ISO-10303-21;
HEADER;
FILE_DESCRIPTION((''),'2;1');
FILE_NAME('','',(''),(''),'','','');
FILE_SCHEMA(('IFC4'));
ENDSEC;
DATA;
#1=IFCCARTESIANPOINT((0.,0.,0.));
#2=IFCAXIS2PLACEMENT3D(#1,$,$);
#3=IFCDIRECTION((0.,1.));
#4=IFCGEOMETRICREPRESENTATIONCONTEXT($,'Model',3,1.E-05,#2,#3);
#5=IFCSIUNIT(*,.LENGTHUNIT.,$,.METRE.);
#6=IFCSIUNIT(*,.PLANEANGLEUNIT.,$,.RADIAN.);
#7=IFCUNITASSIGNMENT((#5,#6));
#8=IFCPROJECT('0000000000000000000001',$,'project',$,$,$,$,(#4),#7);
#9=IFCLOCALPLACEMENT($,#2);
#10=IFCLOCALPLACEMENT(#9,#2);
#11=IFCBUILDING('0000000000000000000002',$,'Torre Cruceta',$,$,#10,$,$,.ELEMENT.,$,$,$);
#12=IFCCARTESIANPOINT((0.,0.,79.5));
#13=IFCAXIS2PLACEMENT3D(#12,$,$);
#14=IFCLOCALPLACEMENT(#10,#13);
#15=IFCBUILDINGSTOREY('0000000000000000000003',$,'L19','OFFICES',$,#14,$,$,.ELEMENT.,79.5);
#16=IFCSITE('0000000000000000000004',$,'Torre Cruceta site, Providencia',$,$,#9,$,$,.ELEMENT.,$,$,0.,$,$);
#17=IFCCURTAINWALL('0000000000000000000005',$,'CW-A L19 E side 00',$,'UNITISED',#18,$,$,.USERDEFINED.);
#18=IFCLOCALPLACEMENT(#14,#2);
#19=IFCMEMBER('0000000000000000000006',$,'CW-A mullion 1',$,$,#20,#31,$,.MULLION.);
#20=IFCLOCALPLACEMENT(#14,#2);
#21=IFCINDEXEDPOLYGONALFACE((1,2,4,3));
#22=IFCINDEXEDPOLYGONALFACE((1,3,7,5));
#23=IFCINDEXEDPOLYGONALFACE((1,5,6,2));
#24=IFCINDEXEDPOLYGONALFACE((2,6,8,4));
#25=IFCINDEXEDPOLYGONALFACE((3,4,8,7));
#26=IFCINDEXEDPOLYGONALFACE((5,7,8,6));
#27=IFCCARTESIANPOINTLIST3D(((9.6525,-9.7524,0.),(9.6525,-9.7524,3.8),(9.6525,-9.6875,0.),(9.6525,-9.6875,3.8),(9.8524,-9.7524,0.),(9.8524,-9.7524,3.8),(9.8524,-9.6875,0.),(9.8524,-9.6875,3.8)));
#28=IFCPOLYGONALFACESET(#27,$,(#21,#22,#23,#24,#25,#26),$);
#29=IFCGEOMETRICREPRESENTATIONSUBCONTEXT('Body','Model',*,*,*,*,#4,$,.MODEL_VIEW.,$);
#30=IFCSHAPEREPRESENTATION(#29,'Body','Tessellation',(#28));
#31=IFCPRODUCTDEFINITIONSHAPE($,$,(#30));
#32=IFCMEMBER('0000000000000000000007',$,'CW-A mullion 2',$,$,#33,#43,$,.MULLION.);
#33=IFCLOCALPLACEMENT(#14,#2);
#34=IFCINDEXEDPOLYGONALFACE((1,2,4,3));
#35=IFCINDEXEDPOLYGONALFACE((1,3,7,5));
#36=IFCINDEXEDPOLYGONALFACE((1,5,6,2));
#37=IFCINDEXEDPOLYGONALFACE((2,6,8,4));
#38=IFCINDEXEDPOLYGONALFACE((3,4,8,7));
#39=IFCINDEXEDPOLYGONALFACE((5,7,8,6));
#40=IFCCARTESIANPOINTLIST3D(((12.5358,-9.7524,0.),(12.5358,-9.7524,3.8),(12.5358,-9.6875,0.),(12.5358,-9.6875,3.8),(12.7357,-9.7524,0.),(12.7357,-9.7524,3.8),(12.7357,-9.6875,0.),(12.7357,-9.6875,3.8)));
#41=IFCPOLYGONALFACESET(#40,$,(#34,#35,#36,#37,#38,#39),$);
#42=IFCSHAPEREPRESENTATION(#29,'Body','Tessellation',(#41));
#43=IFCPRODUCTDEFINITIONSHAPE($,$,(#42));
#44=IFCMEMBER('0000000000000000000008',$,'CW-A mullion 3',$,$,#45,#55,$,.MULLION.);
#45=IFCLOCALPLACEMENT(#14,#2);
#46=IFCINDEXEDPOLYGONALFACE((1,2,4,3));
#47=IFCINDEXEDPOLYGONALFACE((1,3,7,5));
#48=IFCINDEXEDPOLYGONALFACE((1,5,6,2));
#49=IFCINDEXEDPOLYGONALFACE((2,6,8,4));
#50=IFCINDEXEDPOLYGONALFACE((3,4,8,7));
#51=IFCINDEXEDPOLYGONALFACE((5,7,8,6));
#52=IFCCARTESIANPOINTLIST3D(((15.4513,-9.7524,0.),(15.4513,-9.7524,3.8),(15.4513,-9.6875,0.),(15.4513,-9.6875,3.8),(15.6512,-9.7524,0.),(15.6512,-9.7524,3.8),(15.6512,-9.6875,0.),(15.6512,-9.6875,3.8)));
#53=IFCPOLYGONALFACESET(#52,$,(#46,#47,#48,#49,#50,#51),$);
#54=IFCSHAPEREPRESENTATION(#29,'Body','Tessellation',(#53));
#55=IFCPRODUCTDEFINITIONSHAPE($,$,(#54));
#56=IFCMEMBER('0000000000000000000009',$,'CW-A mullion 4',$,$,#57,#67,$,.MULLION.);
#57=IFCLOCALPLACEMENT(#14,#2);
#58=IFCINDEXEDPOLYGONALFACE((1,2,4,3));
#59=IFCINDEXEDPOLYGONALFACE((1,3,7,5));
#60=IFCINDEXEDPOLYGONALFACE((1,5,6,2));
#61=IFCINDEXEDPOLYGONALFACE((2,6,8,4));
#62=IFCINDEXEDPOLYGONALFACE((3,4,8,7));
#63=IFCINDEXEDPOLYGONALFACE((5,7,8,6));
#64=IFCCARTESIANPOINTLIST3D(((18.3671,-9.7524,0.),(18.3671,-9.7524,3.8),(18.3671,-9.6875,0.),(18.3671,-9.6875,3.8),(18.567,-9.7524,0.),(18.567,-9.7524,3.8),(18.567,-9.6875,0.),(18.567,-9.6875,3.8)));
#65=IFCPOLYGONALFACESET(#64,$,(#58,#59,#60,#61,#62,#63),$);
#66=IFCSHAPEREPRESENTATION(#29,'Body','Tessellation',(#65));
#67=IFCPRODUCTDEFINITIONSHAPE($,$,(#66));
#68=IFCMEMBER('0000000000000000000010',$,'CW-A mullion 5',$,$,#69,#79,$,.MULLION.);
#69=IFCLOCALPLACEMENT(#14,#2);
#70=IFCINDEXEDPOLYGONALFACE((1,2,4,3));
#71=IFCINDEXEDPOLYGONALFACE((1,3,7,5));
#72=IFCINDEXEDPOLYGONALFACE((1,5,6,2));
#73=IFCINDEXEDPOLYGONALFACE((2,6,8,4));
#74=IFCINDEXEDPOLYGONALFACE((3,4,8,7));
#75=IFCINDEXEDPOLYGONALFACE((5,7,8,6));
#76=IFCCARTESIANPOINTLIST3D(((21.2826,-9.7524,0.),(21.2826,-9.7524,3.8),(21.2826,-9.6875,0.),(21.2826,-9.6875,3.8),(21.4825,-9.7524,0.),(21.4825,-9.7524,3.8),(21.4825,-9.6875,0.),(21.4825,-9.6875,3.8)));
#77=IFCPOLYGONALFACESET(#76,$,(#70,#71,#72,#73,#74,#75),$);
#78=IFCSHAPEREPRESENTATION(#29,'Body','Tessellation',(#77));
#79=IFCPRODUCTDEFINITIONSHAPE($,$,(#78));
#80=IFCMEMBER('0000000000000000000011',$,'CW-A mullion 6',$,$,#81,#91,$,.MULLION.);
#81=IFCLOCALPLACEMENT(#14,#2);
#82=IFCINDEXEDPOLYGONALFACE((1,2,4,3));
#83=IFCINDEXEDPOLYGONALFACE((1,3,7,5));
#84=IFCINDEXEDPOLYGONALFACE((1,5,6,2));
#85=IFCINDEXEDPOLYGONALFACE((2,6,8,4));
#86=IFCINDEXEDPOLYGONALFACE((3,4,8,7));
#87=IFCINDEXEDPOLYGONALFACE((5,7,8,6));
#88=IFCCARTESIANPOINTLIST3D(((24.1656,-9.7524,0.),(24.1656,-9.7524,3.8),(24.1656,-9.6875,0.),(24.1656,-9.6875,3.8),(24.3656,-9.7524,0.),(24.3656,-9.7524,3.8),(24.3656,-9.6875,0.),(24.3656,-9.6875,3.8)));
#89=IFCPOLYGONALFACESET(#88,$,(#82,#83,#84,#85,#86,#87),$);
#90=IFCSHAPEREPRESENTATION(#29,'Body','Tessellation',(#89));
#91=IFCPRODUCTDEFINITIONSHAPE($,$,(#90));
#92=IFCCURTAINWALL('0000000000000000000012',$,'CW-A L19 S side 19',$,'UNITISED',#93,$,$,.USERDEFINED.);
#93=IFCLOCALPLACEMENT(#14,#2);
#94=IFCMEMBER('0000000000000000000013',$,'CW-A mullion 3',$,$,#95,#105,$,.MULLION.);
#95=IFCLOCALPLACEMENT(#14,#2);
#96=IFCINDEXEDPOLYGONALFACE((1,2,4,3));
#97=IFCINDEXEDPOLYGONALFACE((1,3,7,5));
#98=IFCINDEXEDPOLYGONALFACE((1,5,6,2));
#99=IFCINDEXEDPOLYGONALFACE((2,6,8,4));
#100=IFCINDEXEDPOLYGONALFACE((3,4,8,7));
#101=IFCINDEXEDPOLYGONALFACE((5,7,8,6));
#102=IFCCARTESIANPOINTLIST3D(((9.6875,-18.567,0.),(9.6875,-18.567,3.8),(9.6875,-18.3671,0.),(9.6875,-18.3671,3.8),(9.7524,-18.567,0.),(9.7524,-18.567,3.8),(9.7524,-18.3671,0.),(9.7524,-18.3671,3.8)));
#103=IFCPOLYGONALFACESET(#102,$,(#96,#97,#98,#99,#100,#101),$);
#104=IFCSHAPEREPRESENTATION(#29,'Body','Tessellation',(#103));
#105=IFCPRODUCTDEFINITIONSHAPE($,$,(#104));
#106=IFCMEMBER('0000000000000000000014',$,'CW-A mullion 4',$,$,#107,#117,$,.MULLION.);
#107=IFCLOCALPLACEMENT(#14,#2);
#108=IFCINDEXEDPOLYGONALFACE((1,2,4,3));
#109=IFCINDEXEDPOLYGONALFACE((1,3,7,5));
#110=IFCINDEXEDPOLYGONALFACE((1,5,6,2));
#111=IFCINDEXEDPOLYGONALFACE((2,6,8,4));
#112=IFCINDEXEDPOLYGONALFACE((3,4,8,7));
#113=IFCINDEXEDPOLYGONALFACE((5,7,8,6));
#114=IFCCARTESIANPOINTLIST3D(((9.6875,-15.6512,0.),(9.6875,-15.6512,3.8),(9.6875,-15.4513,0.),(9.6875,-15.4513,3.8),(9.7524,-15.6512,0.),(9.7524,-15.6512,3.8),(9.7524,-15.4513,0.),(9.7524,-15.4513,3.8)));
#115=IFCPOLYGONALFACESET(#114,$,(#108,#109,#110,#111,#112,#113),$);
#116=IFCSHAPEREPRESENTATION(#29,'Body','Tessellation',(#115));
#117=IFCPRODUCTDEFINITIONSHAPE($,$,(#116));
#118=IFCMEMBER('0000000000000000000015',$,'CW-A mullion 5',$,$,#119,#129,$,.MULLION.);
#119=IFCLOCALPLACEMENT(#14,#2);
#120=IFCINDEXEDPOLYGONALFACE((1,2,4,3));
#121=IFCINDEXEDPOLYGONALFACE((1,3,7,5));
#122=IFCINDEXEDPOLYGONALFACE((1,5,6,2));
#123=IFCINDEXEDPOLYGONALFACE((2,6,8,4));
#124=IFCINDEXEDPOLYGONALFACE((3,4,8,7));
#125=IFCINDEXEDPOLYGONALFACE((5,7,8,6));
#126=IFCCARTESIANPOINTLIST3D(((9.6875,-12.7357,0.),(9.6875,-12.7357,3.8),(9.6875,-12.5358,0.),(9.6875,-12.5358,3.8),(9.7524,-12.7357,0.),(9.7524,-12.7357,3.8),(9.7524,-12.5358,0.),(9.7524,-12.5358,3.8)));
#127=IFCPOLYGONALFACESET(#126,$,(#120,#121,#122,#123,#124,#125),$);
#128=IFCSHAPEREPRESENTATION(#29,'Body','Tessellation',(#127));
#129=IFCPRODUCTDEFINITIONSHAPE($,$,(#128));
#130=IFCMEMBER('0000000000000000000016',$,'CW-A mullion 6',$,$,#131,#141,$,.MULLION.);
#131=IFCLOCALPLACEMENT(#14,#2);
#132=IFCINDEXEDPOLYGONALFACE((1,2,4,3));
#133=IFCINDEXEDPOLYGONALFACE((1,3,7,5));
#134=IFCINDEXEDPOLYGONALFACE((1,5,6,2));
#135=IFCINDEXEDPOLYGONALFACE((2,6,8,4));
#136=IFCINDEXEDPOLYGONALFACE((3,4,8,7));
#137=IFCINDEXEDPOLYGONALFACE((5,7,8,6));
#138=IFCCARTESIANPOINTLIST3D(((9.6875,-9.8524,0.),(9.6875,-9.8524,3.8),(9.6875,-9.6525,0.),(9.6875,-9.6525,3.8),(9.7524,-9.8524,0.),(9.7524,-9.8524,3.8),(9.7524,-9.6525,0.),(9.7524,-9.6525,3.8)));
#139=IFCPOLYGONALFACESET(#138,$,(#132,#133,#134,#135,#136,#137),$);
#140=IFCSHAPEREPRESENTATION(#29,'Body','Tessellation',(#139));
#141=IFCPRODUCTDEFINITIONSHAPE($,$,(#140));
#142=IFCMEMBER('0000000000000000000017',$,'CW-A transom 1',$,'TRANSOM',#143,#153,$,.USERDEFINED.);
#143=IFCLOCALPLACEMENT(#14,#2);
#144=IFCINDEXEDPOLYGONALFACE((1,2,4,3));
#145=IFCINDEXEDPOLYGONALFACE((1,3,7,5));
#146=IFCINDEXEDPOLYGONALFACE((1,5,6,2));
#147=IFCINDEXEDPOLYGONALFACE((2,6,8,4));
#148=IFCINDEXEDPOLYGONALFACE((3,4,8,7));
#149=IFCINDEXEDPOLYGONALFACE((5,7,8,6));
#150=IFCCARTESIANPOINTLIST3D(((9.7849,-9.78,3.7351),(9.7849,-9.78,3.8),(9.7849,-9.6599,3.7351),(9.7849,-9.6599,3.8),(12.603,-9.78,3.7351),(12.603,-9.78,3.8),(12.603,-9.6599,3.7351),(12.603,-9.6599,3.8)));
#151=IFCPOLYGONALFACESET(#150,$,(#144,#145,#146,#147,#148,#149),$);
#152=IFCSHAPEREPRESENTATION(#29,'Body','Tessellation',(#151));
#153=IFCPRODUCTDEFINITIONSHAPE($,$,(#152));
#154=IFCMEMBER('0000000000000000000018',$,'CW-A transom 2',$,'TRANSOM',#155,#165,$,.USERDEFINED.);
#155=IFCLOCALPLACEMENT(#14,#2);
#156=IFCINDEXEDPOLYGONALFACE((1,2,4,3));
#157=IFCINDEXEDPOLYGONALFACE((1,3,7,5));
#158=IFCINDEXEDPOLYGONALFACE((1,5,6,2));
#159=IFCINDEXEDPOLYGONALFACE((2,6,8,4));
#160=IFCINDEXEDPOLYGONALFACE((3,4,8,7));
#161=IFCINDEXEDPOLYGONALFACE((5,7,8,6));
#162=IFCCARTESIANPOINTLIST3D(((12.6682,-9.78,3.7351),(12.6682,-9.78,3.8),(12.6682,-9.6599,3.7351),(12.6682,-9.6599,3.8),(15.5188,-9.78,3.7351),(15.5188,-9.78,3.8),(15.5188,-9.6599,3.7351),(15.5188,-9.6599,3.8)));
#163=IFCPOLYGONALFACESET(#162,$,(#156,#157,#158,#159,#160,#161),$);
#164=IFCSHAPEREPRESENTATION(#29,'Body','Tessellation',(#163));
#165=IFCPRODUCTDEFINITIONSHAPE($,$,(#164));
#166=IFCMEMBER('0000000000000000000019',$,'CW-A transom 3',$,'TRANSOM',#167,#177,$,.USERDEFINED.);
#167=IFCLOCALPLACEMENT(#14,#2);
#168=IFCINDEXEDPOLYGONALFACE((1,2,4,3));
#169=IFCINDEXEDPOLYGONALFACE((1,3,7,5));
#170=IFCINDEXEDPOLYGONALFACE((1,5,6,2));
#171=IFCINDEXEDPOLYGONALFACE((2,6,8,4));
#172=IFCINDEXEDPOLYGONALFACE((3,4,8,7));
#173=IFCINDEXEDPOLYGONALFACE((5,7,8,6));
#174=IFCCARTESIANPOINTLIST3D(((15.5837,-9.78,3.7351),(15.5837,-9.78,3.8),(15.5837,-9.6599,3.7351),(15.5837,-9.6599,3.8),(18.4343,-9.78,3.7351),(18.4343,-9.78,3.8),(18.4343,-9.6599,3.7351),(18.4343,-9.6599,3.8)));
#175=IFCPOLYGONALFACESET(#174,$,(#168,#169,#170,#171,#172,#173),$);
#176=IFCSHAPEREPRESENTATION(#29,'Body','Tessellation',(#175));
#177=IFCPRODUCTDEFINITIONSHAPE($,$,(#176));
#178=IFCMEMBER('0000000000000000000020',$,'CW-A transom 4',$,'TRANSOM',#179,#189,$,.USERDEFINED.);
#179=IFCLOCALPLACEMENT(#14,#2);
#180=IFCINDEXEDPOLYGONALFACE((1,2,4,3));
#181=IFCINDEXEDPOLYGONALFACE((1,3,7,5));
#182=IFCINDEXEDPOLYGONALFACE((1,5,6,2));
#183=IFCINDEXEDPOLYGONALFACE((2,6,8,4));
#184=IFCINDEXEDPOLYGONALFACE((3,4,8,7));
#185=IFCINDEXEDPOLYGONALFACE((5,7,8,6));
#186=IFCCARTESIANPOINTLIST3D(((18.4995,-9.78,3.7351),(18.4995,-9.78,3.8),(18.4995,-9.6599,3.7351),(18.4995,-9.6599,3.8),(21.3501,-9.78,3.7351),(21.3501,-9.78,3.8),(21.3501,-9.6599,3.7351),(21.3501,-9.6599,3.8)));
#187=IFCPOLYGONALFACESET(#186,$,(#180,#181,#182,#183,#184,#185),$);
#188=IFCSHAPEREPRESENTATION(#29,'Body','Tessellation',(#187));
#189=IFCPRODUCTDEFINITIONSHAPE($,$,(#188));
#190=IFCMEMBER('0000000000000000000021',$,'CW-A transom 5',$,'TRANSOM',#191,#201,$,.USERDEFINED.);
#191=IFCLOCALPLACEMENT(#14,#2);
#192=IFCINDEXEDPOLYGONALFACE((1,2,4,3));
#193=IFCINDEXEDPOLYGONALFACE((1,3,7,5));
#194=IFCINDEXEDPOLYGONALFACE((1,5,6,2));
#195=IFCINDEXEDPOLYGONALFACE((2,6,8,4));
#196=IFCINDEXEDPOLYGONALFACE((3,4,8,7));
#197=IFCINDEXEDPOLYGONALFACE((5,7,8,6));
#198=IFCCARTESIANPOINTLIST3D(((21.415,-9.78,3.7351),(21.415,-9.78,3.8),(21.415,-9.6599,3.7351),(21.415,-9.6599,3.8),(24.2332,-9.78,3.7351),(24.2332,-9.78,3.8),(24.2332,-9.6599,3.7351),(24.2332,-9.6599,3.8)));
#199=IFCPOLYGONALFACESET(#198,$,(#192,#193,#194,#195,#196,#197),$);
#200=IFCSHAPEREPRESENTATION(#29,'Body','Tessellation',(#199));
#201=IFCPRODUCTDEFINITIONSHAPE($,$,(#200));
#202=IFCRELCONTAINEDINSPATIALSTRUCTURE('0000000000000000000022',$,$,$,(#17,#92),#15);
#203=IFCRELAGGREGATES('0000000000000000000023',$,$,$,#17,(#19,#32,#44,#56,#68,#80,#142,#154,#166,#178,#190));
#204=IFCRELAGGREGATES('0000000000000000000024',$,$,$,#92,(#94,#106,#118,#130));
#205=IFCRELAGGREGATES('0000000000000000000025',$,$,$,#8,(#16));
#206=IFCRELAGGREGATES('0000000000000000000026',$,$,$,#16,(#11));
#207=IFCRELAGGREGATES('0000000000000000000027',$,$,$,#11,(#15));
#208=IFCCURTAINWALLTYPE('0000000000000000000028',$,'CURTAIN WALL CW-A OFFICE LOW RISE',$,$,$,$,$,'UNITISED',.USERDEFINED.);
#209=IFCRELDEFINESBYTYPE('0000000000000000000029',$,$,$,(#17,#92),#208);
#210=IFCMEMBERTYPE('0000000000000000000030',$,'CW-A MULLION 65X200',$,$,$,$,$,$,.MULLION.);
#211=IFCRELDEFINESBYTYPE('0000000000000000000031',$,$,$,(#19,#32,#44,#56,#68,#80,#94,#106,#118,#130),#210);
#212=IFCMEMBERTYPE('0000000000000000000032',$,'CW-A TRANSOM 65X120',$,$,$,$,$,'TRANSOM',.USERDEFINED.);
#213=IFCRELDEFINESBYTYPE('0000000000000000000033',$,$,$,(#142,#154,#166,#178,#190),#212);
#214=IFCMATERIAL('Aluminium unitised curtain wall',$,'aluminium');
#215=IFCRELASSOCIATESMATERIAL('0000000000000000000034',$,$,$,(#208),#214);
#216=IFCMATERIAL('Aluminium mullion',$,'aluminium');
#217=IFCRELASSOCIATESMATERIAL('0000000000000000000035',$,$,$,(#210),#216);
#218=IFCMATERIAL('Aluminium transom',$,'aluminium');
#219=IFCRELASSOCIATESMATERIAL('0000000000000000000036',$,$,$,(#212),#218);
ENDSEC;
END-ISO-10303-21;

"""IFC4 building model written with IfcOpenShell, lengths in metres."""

from ifc_helpers import new_model, si_unit, direction, frame, origin, origin_2d, place, context, subcontext, project, spatial, rectangle, extrude, material, material_profile, profile_set, type_object, element, aggregate, save


model = new_model("IFC4")

# Units and contexts
model_context = context("Model", 3, precision=1e-05, world=origin(), true_north=direction((0.0, 1.0)))
body_context = subcontext(model_context, "Body", "Model", "MODEL_VIEW")
ifc_project = project(units=[si_unit("LENGTHUNIT", "METRE"), si_unit("PLANEANGLEUNIT", "RADIAN")], contexts=[model_context])

# Site, building, storey
site_placement = place(None, origin())
site = spatial("IfcSite", under=ifc_project, at=site_placement, Name="Torre Cruceta site, Providencia", CompositionType="ELEMENT", RefElevation=0.0)
building_placement = place(site_placement, origin())
building = spatial("IfcBuilding", under=site, at=building_placement, Name="Torre Cruceta", CompositionType="ELEMENT")
storey_placement = place(building_placement, frame((0.0, 0.0, 79.5)))
storey = spatial("IfcBuildingStorey", under=building, at=storey_placement, Name="L19", Description="OFFICES", CompositionType="ELEMENT", Elevation=79.5)

# Curtain walls, members
ifc_material_1 = material(Name="Aluminium unitised curtain wall", Category="aluminium")
curtain_wall_type = type_object("IfcCurtainWallType", Name="CURTAIN WALL CW-A OFFICE LOW RISE", ElementType="UNITISED", PredefinedType="USERDEFINED", material=ifc_material_1)
curtain_wall_1_placement = place(storey_placement, origin())
curtain_wall_1 = element("IfcCurtainWall", 1, at=curtain_wall_1_placement, inside=storey, type_object=curtain_wall_type, Name="CW-A L19 E side 00", ObjectType="UNITISED", PredefinedType="USERDEFINED")
ifc_material_2 = material(Name="Aluminium mullion", Category="aluminium")
ifc_material_profile_1 = material_profile(ifc_material_2, rectangle(XDim=0.0649, YDim=0.2, at=origin_2d()), Name="AL 65X200")
ifc_profile_set_1 = profile_set([ifc_material_profile_1], Name="Aluminium mullion")
member_type_1 = type_object("IfcMemberType", Name="CW-A MULLION 65X200", PredefinedType="MULLION", material=ifc_profile_set_1)
member_1_placement = place(storey_placement, frame((9.7524, -9.72, 0.0), z_axis=(0.0, 0.0, 1.0), x_axis=(0.0, 1.0, 0.0)))
member_1 = element("IfcMember", 2, at=member_1_placement, type_object=member_type_1, Name="CW-A mullion 1", PredefinedType="MULLION", context=body_context, shape_type="SweptSolid", body=[
    extrude(rectangle(XDim=0.0649, YDim=0.2, at=origin_2d()), origin(), (0.0, 0.0, 1.0), 3.8),
])
member_2_placement = place(storey_placement, frame((12.6357, -9.72, 0.0), z_axis=(0.0, 0.0, 1.0), x_axis=(0.0, 1.0, 0.0)))
member_2 = element("IfcMember", 3, at=member_2_placement, type_object=member_type_1, Name="CW-A mullion 2", PredefinedType="MULLION", context=body_context, shape_type="SweptSolid", body=[
    extrude(rectangle(XDim=0.0649, YDim=0.2, at=origin_2d()), origin(), (0.0, 0.0, 1.0), 3.8),
])
member_3_placement = place(storey_placement, frame((15.5513, -9.72, 0.0), z_axis=(0.0, 0.0, 1.0), x_axis=(0.0, 1.0, 0.0)))
member_3 = element("IfcMember", 4, at=member_3_placement, type_object=member_type_1, Name="CW-A mullion 3", PredefinedType="MULLION", context=body_context, shape_type="SweptSolid", body=[
    extrude(rectangle(XDim=0.0649, YDim=0.2, at=origin_2d()), origin(), (0.0, 0.0, 1.0), 3.8),
])
member_4_placement = place(storey_placement, frame((18.467, -9.72, 0.0), z_axis=(0.0, 0.0, 1.0), x_axis=(0.0, 1.0, 0.0)))
member_4 = element("IfcMember", 5, at=member_4_placement, type_object=member_type_1, Name="CW-A mullion 4", PredefinedType="MULLION", context=body_context, shape_type="SweptSolid", body=[
    extrude(rectangle(XDim=0.0649, YDim=0.2, at=origin_2d()), origin(), (0.0, 0.0, 1.0), 3.8),
])
member_5_placement = place(storey_placement, frame((21.3826, -9.72, 0.0), z_axis=(0.0, 0.0, 1.0), x_axis=(0.0, 1.0, 0.0)))
member_5 = element("IfcMember", 6, at=member_5_placement, type_object=member_type_1, Name="CW-A mullion 5", PredefinedType="MULLION", context=body_context, shape_type="SweptSolid", body=[
    extrude(rectangle(XDim=0.0649, YDim=0.2, at=origin_2d()), origin(), (0.0, 0.0, 1.0), 3.8),
])
member_6_placement = place(storey_placement, frame((24.2656, -9.72, 0.0), z_axis=(0.0, 0.0, 1.0), x_axis=(0.0, 1.0, 0.0)))
member_6 = element("IfcMember", 7, at=member_6_placement, type_object=member_type_1, Name="CW-A mullion 6", PredefinedType="MULLION", context=body_context, shape_type="SweptSolid", body=[
    extrude(rectangle(XDim=0.0649, YDim=0.2, at=origin_2d()), origin(), (0.0, 0.0, 1.0), 3.8),
])
curtain_wall_2_placement = place(storey_placement, origin())
curtain_wall_2 = element("IfcCurtainWall", 8, at=curtain_wall_2_placement, inside=storey, type_object=curtain_wall_type, Name="CW-A L19 S side 19", ObjectType="UNITISED", PredefinedType="USERDEFINED")
member_7_placement = place(storey_placement, frame((9.72, -18.467, 0.0), z_axis=(0.0, 0.0, 1.0), x_axis=(-1.0, 0.0, 0.0)))
member_7 = element("IfcMember", 9, at=member_7_placement, type_object=member_type_1, Name="CW-A mullion 3", PredefinedType="MULLION", context=body_context, shape_type="SweptSolid", body=[
    extrude(rectangle(XDim=0.0649, YDim=0.2, at=origin_2d()), origin(), (0.0, 0.0, 1.0), 3.8),
])
member_8_placement = place(storey_placement, frame((9.72, -15.5513, 0.0), z_axis=(0.0, 0.0, 1.0), x_axis=(-1.0, 0.0, 0.0)))
member_8 = element("IfcMember", 10, at=member_8_placement, type_object=member_type_1, Name="CW-A mullion 4", PredefinedType="MULLION", context=body_context, shape_type="SweptSolid", body=[
    extrude(rectangle(XDim=0.0649, YDim=0.2, at=origin_2d()), origin(), (0.0, 0.0, 1.0), 3.8),
])
member_9_placement = place(storey_placement, frame((9.72, -12.6357, 0.0), z_axis=(0.0, 0.0, 1.0), x_axis=(-1.0, 0.0, 0.0)))
member_9 = element("IfcMember", 11, at=member_9_placement, type_object=member_type_1, Name="CW-A mullion 5", PredefinedType="MULLION", context=body_context, shape_type="SweptSolid", body=[
    extrude(rectangle(XDim=0.0649, YDim=0.2, at=origin_2d()), origin(), (0.0, 0.0, 1.0), 3.8),
])
member_10_placement = place(storey_placement, frame((9.72, -9.7524, 0.0), z_axis=(0.0, 0.0, 1.0), x_axis=(-1.0, 0.0, 0.0)))
member_10 = element("IfcMember", 12, at=member_10_placement, type_object=member_type_1, Name="CW-A mullion 6", PredefinedType="MULLION", context=body_context, shape_type="SweptSolid", body=[
    extrude(rectangle(XDim=0.0649, YDim=0.2, at=origin_2d()), origin(), (0.0, 0.0, 1.0), 3.8),
])

# Members
ifc_material_3 = material(Name="Aluminium transom", Category="aluminium")
ifc_material_profile_2 = material_profile(ifc_material_3, rectangle(XDim=0.1201, YDim=0.0649, at=origin_2d()), Name="AL 120X65")
ifc_profile_set_2 = profile_set([ifc_material_profile_2], Name="Aluminium transom")
member_type_2 = type_object("IfcMemberType", Name="CW-A TRANSOM 65X120", ElementType="TRANSOM", PredefinedType="USERDEFINED", material=ifc_profile_set_2)
member_11_placement = place(storey_placement, frame((9.7849, -9.72, 3.7676), z_axis=(1.0, 0.0, 0.0), x_axis=(0.0, 1.0, 0.0)))
member_11 = element("IfcMember", 13, at=member_11_placement, type_object=member_type_2, Name="CW-A transom 1", ObjectType="TRANSOM", PredefinedType="USERDEFINED", context=body_context, shape_type="SweptSolid", body=[
    extrude(rectangle(XDim=0.1201, YDim=0.0649, at=origin_2d()), origin(), (0.0, 0.0, 1.0), 2.8181),
])
member_12_placement = place(storey_placement, frame((12.6682, -9.72, 3.7676), z_axis=(1.0, 0.0, 0.0), x_axis=(0.0, 1.0, 0.0)))
member_12 = element("IfcMember", 14, at=member_12_placement, type_object=member_type_2, Name="CW-A transom 2", ObjectType="TRANSOM", PredefinedType="USERDEFINED", context=body_context, shape_type="SweptSolid", body=[
    extrude(rectangle(XDim=0.1201, YDim=0.0649, at=origin_2d()), origin(), (0.0, 0.0, 1.0), 2.8506),
])
member_13_placement = place(storey_placement, frame((15.5837, -9.72, 3.7676), z_axis=(1.0, 0.0, 0.0), x_axis=(0.0, 1.0, 0.0)))
member_13 = element("IfcMember", 15, at=member_13_placement, type_object=member_type_2, Name="CW-A transom 3", ObjectType="TRANSOM", PredefinedType="USERDEFINED", context=body_context, shape_type="SweptSolid", body=[
    extrude(rectangle(XDim=0.1201, YDim=0.0649, at=origin_2d()), origin(), (0.0, 0.0, 1.0), 2.8506),
])
member_14_placement = place(storey_placement, frame((18.4995, -9.72, 3.7676), z_axis=(1.0, 0.0, 0.0), x_axis=(0.0, 1.0, 0.0)))
member_14 = element("IfcMember", 16, at=member_14_placement, type_object=member_type_2, Name="CW-A transom 4", ObjectType="TRANSOM", PredefinedType="USERDEFINED", context=body_context, shape_type="SweptSolid", body=[
    extrude(rectangle(XDim=0.1201, YDim=0.0649, at=origin_2d()), origin(), (0.0, 0.0, 1.0), 2.8506),
])
member_15_placement = place(storey_placement, frame((21.415, -9.72, 3.7676), z_axis=(1.0, 0.0, 0.0), x_axis=(0.0, 1.0, 0.0)))
member_15 = element("IfcMember", 17, at=member_15_placement, type_object=member_type_2, Name="CW-A transom 5", ObjectType="TRANSOM", PredefinedType="USERDEFINED", context=body_context, shape_type="SweptSolid", body=[
    extrude(rectangle(XDim=0.1201, YDim=0.0649, at=origin_2d()), origin(), (0.0, 0.0, 1.0), 2.8181),
])

aggregate(curtain_wall_1, [member_1, member_2, member_3, member_4, member_5, member_6, member_11, member_12, member_13, member_14, member_15])
aggregate(curtain_wall_2, [member_7, member_8, member_9, member_10])

save(model, "model.ifc")
